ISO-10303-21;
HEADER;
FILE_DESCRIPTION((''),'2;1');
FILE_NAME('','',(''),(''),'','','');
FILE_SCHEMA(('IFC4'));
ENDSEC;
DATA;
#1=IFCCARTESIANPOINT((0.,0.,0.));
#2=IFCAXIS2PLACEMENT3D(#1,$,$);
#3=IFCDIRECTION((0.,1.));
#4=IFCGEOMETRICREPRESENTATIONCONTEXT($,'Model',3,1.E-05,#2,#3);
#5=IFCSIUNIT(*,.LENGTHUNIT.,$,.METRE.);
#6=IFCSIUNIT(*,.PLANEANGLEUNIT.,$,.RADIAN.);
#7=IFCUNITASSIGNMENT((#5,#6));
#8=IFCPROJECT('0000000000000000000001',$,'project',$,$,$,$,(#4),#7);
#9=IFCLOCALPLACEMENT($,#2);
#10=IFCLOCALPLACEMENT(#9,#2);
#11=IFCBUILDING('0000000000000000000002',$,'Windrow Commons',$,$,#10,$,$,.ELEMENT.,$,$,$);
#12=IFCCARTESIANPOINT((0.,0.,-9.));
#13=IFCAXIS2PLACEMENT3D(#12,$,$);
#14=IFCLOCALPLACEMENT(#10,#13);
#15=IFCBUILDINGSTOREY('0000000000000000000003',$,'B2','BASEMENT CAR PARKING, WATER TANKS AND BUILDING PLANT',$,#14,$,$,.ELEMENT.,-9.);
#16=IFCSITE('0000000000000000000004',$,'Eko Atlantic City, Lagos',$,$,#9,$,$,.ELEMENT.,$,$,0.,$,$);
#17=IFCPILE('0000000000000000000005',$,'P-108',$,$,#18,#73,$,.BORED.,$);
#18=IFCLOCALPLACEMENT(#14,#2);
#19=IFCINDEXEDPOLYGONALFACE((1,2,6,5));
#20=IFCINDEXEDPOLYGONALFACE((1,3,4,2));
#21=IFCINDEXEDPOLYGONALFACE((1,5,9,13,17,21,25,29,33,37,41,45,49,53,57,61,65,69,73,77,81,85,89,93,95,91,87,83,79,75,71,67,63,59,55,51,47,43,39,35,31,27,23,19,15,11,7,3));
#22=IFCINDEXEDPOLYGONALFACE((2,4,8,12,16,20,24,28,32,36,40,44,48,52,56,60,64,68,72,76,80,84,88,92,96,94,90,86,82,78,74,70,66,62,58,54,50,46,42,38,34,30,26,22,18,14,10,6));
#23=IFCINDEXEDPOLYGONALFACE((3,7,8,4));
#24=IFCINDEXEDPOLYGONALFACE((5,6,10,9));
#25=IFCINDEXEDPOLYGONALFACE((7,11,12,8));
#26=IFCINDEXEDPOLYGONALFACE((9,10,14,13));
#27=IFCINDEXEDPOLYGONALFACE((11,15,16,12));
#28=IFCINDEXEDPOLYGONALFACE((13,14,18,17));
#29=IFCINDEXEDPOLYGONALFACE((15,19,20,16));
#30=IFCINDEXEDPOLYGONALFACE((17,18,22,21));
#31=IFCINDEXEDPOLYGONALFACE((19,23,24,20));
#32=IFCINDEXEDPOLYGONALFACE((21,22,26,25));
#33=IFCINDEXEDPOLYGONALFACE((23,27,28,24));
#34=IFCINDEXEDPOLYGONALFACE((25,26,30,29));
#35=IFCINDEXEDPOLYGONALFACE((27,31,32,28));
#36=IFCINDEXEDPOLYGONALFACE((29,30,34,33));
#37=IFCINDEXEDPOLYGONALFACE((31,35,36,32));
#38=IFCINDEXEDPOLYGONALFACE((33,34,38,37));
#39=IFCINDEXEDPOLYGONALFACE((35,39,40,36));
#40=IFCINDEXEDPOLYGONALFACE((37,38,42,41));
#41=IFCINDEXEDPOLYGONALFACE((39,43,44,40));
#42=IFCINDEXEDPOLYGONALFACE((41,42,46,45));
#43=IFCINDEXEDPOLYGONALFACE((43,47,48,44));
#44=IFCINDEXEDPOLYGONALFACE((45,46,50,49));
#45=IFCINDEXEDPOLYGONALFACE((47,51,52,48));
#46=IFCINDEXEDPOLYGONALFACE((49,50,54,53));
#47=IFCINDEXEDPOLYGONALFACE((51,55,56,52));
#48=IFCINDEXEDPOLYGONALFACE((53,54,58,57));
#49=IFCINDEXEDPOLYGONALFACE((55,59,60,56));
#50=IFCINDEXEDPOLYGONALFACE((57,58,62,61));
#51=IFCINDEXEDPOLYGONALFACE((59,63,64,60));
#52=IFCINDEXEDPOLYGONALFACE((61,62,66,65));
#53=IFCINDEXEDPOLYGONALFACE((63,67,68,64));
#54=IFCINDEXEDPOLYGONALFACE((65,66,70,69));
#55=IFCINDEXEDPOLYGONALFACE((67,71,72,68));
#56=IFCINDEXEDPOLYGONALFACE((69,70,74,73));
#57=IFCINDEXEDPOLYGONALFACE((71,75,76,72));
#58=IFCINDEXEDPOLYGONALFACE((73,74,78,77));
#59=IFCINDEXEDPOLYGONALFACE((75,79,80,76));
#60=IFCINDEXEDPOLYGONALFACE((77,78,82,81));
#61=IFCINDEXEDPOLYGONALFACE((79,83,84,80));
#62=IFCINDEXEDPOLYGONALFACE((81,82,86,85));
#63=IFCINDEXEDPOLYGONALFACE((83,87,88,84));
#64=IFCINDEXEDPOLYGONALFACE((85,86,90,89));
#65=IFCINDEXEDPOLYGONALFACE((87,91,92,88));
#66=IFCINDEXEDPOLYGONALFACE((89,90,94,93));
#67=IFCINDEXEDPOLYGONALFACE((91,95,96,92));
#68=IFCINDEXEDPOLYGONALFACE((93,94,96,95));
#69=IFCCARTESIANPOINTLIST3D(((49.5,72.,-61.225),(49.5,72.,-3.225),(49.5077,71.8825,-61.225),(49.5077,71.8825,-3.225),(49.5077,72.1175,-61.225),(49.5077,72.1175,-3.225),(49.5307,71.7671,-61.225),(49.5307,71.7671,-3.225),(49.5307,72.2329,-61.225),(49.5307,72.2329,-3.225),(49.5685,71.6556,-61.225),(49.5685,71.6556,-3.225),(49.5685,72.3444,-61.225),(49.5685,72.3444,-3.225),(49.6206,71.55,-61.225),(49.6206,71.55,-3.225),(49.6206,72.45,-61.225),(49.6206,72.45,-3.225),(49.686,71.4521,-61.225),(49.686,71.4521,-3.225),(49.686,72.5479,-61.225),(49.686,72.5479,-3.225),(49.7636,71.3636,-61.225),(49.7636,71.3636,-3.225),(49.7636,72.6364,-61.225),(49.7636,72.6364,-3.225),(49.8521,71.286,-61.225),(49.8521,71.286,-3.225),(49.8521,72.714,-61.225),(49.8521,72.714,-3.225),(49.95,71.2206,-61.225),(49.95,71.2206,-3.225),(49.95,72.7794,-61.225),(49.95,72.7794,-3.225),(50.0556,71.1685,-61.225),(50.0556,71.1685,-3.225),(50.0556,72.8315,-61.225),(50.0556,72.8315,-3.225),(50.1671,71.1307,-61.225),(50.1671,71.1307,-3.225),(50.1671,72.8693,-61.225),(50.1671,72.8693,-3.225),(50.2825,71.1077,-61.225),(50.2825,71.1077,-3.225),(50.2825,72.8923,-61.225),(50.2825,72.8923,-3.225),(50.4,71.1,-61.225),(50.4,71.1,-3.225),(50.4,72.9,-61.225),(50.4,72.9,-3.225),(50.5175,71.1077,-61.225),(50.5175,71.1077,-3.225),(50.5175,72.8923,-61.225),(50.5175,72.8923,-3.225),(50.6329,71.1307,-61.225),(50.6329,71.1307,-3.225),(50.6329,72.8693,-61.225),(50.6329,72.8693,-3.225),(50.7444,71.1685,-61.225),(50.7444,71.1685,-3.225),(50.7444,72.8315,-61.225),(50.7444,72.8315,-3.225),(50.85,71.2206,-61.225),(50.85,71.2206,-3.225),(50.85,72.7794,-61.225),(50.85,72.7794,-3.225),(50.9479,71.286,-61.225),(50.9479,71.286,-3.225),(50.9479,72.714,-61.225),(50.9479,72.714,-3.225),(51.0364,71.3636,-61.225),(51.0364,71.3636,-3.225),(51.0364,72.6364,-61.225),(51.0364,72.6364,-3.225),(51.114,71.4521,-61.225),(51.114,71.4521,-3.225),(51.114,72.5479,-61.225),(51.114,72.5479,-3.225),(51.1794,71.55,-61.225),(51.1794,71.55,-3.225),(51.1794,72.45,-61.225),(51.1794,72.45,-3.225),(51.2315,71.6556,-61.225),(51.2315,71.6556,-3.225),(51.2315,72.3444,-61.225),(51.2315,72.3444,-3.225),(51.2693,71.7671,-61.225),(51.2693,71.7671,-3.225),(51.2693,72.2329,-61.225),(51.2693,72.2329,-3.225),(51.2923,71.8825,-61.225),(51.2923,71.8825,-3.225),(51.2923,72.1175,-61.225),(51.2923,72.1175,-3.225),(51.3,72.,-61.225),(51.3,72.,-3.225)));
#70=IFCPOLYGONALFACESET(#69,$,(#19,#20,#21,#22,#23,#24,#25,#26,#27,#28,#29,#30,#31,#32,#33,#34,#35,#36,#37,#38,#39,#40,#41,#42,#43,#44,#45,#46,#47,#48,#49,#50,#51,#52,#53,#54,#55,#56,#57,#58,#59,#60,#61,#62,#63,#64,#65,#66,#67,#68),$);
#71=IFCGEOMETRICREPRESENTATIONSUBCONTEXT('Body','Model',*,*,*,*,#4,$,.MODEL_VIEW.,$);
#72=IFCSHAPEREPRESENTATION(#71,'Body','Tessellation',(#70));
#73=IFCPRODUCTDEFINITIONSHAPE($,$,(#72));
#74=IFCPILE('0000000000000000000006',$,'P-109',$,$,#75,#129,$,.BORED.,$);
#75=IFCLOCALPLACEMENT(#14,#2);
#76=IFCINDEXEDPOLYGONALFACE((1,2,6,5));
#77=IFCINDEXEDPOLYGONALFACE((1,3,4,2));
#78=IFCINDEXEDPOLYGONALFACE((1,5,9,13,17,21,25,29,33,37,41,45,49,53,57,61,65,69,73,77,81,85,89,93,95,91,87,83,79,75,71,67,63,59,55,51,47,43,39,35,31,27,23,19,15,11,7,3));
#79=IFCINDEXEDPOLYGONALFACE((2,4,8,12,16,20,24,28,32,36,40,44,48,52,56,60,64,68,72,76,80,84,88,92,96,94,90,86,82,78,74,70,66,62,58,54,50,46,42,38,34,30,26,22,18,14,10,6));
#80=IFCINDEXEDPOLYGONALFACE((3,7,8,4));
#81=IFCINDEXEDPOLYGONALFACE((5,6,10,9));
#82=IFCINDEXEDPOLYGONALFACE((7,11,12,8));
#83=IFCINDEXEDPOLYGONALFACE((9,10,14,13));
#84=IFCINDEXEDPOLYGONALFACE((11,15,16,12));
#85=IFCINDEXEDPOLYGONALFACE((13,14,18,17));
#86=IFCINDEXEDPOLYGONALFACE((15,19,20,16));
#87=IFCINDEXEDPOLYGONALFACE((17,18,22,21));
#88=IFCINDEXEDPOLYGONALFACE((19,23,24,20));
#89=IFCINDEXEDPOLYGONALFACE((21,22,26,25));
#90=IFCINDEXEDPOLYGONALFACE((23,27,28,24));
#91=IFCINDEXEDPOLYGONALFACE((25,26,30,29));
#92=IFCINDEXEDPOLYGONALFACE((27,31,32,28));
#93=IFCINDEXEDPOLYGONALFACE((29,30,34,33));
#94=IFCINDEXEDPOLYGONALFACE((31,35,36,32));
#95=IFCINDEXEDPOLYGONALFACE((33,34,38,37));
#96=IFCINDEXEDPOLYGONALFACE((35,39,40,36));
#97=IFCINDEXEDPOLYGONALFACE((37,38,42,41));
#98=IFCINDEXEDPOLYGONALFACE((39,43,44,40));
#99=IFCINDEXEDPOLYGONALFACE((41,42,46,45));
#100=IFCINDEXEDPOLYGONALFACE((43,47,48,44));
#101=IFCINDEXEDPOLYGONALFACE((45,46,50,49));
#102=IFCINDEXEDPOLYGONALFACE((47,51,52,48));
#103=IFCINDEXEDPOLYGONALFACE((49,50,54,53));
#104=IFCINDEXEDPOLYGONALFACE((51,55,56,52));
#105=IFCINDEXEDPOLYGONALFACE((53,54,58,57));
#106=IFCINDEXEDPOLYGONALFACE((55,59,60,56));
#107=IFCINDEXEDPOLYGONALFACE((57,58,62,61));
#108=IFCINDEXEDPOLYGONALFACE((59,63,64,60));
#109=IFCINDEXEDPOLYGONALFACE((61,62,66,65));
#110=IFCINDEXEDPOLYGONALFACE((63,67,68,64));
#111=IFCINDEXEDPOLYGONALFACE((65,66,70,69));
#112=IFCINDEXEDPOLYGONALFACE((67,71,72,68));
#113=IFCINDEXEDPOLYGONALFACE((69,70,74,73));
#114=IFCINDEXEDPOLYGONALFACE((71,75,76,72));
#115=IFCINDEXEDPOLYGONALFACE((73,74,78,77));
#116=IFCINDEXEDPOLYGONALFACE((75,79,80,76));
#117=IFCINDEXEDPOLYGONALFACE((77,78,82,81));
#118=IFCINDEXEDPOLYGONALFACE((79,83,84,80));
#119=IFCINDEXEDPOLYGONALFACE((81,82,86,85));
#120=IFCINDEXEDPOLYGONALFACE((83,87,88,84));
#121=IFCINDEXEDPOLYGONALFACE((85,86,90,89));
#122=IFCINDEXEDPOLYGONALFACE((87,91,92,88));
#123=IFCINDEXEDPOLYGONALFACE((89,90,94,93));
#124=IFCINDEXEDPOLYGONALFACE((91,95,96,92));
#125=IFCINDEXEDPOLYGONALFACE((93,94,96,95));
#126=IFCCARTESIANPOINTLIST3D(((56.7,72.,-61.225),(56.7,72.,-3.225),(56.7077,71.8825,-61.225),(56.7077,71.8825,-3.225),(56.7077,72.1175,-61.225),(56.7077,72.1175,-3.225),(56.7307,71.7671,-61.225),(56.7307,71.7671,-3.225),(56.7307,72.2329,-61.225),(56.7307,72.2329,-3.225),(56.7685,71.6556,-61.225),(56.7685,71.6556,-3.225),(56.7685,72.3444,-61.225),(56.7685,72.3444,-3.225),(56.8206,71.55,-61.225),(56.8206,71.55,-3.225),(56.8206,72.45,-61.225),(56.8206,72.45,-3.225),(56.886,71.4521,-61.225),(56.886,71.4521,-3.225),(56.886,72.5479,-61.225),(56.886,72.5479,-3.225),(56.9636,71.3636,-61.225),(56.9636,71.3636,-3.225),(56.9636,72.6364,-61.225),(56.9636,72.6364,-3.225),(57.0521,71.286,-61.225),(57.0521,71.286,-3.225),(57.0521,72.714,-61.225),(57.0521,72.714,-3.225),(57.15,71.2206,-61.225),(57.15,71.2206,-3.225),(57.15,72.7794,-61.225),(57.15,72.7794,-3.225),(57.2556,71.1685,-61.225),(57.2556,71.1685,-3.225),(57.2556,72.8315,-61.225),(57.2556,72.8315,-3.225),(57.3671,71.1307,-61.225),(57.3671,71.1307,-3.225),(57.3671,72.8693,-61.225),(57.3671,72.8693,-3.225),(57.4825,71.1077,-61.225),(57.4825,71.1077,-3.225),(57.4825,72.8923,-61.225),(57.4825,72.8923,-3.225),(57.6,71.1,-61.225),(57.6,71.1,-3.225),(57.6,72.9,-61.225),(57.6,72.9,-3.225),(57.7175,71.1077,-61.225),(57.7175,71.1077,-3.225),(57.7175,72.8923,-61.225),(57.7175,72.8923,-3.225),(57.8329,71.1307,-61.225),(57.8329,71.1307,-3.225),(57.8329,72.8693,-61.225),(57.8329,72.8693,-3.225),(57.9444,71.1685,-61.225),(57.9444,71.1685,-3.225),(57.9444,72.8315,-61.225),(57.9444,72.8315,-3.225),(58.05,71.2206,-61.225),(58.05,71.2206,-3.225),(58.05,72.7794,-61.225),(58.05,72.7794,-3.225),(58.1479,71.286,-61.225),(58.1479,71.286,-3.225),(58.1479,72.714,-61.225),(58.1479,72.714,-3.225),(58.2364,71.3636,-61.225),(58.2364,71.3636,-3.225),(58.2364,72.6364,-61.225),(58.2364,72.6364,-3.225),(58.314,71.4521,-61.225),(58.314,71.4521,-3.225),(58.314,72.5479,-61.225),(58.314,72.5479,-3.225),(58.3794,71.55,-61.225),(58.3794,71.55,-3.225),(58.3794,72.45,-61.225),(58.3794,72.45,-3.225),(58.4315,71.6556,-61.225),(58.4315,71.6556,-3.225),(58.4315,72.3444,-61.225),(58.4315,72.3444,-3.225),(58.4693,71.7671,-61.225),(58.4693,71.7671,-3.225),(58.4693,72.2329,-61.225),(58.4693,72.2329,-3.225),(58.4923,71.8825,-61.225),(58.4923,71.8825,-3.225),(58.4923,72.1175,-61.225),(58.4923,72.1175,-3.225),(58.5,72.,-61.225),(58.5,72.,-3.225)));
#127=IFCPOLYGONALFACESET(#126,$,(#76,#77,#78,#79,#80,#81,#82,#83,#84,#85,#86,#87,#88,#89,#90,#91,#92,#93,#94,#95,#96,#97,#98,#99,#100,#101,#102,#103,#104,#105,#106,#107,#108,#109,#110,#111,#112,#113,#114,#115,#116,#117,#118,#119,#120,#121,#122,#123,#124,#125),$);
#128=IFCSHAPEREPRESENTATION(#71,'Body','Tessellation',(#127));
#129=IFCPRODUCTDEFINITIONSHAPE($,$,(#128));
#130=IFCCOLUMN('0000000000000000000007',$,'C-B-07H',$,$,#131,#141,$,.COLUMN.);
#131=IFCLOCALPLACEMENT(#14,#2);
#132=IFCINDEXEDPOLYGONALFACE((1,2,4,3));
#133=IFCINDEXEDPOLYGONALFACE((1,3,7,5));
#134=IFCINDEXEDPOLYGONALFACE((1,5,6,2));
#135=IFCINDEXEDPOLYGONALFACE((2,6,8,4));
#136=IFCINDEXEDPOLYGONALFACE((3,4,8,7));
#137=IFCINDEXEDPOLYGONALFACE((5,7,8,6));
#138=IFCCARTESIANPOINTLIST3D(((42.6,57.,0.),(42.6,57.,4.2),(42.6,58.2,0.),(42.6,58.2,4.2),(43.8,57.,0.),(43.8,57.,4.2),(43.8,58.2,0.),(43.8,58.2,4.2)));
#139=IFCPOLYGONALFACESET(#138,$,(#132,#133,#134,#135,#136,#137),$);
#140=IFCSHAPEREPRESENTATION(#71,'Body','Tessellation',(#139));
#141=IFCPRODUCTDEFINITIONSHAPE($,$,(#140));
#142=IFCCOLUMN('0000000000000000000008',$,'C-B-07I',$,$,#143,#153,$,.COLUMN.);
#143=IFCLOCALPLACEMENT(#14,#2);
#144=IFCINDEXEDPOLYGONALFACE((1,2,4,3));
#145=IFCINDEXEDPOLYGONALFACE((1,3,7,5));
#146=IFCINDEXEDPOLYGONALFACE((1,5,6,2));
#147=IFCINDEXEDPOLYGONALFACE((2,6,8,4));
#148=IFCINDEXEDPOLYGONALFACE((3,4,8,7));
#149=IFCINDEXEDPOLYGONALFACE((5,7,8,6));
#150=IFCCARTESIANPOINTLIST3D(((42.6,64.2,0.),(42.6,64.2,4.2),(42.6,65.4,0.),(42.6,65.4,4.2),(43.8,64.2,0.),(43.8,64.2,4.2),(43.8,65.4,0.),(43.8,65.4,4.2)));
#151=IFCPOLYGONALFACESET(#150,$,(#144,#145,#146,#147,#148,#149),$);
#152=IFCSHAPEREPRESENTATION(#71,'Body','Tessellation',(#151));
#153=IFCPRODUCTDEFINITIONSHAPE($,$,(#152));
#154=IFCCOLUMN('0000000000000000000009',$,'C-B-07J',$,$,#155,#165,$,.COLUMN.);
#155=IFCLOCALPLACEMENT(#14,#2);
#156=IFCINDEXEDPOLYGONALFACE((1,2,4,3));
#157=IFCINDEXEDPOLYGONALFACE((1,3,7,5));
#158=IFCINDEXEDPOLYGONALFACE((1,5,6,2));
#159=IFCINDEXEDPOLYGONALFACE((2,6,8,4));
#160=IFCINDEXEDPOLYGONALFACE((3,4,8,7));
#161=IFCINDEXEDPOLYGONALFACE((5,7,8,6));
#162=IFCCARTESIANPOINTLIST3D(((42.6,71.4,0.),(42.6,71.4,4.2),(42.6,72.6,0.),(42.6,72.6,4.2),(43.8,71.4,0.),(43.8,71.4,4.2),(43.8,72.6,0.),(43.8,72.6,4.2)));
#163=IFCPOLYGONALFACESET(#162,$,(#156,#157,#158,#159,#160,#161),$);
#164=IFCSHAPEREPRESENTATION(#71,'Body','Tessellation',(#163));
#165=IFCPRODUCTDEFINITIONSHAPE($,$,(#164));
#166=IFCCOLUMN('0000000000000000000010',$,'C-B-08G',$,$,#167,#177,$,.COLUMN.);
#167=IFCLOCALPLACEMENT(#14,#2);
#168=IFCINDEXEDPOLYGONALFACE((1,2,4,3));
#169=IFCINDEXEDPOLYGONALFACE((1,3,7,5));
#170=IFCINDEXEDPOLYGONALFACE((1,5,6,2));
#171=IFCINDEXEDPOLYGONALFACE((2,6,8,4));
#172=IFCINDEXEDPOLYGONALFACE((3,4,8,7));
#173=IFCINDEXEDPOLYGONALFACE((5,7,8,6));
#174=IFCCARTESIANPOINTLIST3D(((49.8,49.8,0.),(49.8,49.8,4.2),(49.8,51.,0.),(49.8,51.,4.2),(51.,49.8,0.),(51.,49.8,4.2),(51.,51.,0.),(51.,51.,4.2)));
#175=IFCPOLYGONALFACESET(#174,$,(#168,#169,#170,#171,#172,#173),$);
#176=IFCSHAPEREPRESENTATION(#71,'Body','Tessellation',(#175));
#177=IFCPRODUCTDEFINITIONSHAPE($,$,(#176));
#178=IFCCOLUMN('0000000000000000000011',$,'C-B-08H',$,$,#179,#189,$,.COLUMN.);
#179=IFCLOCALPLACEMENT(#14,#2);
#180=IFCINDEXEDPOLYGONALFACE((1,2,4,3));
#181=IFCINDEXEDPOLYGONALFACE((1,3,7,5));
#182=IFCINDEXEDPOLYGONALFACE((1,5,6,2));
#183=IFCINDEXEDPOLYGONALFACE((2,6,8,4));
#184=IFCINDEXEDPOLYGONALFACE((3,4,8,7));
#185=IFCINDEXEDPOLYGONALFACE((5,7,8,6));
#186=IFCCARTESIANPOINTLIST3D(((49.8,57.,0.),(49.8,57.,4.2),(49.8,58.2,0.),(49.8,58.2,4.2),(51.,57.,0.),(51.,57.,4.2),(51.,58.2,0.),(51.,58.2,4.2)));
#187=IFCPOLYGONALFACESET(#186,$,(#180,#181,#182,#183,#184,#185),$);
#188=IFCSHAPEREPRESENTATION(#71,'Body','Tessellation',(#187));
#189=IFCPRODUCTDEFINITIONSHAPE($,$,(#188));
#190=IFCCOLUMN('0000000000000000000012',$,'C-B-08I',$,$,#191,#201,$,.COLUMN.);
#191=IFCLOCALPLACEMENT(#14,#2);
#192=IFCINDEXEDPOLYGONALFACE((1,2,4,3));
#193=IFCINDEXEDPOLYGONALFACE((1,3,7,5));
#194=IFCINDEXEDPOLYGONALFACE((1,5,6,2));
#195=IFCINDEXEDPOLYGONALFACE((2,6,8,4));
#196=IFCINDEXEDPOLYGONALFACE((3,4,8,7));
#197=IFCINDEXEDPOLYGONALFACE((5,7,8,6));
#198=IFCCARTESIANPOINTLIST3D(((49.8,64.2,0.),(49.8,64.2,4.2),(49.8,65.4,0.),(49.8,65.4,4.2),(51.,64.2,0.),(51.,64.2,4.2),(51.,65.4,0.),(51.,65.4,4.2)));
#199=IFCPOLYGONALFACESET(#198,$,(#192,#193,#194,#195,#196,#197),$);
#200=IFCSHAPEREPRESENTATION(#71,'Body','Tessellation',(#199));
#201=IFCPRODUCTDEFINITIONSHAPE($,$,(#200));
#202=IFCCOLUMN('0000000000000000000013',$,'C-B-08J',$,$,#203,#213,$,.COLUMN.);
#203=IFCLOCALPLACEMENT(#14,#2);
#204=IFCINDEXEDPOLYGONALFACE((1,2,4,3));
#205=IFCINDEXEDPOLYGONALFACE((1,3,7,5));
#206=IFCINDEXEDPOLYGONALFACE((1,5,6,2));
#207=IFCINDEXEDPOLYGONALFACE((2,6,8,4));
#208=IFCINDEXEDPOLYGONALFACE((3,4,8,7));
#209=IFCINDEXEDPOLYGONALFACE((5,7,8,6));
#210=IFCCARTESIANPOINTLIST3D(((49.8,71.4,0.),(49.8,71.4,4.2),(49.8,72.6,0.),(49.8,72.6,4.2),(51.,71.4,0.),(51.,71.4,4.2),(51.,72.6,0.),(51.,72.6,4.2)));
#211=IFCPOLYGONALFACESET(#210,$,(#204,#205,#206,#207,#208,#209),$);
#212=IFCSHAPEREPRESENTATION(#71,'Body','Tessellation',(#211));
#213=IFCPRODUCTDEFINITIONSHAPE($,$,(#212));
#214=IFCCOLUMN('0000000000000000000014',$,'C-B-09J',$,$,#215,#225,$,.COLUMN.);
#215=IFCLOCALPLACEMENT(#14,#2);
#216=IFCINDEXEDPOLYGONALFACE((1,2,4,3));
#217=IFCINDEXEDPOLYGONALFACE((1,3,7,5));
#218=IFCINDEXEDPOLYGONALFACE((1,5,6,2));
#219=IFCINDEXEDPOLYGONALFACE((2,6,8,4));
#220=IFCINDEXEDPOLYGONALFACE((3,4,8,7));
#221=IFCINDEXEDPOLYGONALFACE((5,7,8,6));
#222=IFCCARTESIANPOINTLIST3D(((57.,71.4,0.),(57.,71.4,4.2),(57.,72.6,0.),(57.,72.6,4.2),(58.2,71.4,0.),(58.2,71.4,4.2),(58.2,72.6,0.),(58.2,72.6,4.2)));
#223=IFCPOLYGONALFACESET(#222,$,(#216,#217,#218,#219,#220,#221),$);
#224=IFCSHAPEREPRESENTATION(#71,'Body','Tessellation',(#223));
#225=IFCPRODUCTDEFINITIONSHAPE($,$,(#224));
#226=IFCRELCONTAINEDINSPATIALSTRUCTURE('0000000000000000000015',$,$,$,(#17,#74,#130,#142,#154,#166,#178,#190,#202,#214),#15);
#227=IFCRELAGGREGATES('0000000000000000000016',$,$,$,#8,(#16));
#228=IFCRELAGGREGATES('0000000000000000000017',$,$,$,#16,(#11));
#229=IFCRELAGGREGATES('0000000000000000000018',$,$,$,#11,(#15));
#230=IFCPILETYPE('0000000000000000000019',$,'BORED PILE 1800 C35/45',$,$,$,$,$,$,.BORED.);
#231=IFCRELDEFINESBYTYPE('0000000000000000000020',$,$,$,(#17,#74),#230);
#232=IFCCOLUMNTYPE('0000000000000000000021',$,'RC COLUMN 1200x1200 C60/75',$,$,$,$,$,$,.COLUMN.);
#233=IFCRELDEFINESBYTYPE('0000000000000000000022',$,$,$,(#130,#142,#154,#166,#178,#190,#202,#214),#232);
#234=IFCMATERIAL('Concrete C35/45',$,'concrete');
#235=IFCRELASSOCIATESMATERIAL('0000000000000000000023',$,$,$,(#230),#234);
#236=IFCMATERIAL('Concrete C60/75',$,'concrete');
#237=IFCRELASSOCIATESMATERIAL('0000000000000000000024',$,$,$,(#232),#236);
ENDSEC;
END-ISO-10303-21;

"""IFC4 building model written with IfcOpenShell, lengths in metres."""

from ifc_helpers import new_model, si_unit, direction, frame, origin, origin_2d, place, context, subcontext, project, spatial, rectangle, circle, extrude, material, material_profile, profile_set, type_object, element, save


model = new_model("IFC4")

# Units and contexts
model_context = context("Model", 3, precision=1e-05, world=origin(), true_north=direction((0.0, 1.0)))
body_context = subcontext(model_context, "Body", "Model", "MODEL_VIEW")
ifc_project = project(units=[si_unit("LENGTHUNIT", "METRE"), si_unit("PLANEANGLEUNIT", "RADIAN")], contexts=[model_context])

# Site, building, storey
site_placement = place(None, origin())
site = spatial("IfcSite", under=ifc_project, at=site_placement, Name="Eko Atlantic City, Lagos", CompositionType="ELEMENT", RefElevation=0.0)
building_placement = place(site_placement, origin())
building = spatial("IfcBuilding", under=site, at=building_placement, Name="Windrow Commons", CompositionType="ELEMENT")
storey_placement = place(building_placement, frame((0.0, 0.0, -9.0)))
storey = spatial("IfcBuildingStorey", under=building, at=storey_placement, Name="B2", Description="BASEMENT CAR PARKING, WATER TANKS AND BUILDING PLANT", CompositionType="ELEMENT", Elevation=-9.0)

# Piles
ifc_material_1 = material(Name="Concrete C35/45", Category="concrete")
ifc_material_profile_1 = material_profile(ifc_material_1, circle(Radius=0.9, at=origin_2d()))
ifc_profile_set_1 = profile_set([ifc_material_profile_1], Name="Concrete C35/45")
pile_type = type_object("IfcPileType", Name="BORED PILE 1800 C35/45", PredefinedType="BORED", material=ifc_profile_set_1)
for number, where, z_axis, x_axis, name in (
    (1, (50.4, 72.0, -3.225), (0.0, 0.0, -1.0), (1.0, 0.0, 0.0), "P-108"),
    (2, (57.6, 72.0, -3.225), (0.0, 0.0, -1.0), (1.0, 0.0, 0.0), "P-109"),
):
    element("IfcPile", number, at=place(storey_placement, frame(where, z_axis=z_axis, x_axis=x_axis)), inside=storey, type_object=pile_type, Name=name, PredefinedType="BORED", context=body_context, shape_type="SweptSolid", body=[
        extrude(circle(Radius=0.9, at=origin_2d()), origin(), (0.0, 0.0, 1.0), 58.0),
    ])

# Columns
ifc_material_2 = material(Name="Concrete C60/75", Category="concrete")
ifc_material_profile_2 = material_profile(ifc_material_2, rectangle(XDim=1.2, YDim=1.2, at=origin_2d()))
ifc_profile_set_2 = profile_set([ifc_material_profile_2], Name="Concrete C60/75")
column_type = type_object("IfcColumnType", Name="RC COLUMN 1200x1200 C60/75", PredefinedType="COLUMN", material=ifc_profile_set_2)
for number, where, z_axis, x_axis, name in (
    (3, (43.2, 57.6, 0.0), (0.0, 0.0, 1.0), (1.0, 0.0, 0.0), "C-B-07H"),
    (4, (43.2, 64.8, 0.0), (0.0, 0.0, 1.0), (1.0, 0.0, 0.0), "C-B-07I"),
    (5, (43.2, 72.0, 0.0), (0.0, 0.0, 1.0), (1.0, 0.0, 0.0), "C-B-07J"),
    (6, (50.4, 50.4, 0.0), (0.0, 0.0, 1.0), (1.0, 0.0, 0.0), "C-B-08G"),
    (7, (50.4, 57.6, 0.0), (0.0, 0.0, 1.0), (1.0, 0.0, 0.0), "C-B-08H"),
    (8, (50.4, 64.8, 0.0), (0.0, 0.0, 1.0), (1.0, 0.0, 0.0), "C-B-08I"),
    (9, (50.4, 72.0, 0.0), (0.0, 0.0, 1.0), (1.0, 0.0, 0.0), "C-B-08J"),
    (10, (57.6, 72.0, 0.0), (0.0, 0.0, 1.0), (1.0, 0.0, 0.0), "C-B-09J"),
):
    element("IfcColumn", number, at=place(storey_placement, frame(where, z_axis=z_axis, x_axis=x_axis)), inside=storey, type_object=column_type, Name=name, PredefinedType="COLUMN", context=body_context, shape_type="SweptSolid", body=[
        extrude(rectangle(XDim=1.2, YDim=1.2, at=origin_2d()), origin(), (0.0, 0.0, 1.0), 4.2),
    ])

save(model, "model.ifc")
